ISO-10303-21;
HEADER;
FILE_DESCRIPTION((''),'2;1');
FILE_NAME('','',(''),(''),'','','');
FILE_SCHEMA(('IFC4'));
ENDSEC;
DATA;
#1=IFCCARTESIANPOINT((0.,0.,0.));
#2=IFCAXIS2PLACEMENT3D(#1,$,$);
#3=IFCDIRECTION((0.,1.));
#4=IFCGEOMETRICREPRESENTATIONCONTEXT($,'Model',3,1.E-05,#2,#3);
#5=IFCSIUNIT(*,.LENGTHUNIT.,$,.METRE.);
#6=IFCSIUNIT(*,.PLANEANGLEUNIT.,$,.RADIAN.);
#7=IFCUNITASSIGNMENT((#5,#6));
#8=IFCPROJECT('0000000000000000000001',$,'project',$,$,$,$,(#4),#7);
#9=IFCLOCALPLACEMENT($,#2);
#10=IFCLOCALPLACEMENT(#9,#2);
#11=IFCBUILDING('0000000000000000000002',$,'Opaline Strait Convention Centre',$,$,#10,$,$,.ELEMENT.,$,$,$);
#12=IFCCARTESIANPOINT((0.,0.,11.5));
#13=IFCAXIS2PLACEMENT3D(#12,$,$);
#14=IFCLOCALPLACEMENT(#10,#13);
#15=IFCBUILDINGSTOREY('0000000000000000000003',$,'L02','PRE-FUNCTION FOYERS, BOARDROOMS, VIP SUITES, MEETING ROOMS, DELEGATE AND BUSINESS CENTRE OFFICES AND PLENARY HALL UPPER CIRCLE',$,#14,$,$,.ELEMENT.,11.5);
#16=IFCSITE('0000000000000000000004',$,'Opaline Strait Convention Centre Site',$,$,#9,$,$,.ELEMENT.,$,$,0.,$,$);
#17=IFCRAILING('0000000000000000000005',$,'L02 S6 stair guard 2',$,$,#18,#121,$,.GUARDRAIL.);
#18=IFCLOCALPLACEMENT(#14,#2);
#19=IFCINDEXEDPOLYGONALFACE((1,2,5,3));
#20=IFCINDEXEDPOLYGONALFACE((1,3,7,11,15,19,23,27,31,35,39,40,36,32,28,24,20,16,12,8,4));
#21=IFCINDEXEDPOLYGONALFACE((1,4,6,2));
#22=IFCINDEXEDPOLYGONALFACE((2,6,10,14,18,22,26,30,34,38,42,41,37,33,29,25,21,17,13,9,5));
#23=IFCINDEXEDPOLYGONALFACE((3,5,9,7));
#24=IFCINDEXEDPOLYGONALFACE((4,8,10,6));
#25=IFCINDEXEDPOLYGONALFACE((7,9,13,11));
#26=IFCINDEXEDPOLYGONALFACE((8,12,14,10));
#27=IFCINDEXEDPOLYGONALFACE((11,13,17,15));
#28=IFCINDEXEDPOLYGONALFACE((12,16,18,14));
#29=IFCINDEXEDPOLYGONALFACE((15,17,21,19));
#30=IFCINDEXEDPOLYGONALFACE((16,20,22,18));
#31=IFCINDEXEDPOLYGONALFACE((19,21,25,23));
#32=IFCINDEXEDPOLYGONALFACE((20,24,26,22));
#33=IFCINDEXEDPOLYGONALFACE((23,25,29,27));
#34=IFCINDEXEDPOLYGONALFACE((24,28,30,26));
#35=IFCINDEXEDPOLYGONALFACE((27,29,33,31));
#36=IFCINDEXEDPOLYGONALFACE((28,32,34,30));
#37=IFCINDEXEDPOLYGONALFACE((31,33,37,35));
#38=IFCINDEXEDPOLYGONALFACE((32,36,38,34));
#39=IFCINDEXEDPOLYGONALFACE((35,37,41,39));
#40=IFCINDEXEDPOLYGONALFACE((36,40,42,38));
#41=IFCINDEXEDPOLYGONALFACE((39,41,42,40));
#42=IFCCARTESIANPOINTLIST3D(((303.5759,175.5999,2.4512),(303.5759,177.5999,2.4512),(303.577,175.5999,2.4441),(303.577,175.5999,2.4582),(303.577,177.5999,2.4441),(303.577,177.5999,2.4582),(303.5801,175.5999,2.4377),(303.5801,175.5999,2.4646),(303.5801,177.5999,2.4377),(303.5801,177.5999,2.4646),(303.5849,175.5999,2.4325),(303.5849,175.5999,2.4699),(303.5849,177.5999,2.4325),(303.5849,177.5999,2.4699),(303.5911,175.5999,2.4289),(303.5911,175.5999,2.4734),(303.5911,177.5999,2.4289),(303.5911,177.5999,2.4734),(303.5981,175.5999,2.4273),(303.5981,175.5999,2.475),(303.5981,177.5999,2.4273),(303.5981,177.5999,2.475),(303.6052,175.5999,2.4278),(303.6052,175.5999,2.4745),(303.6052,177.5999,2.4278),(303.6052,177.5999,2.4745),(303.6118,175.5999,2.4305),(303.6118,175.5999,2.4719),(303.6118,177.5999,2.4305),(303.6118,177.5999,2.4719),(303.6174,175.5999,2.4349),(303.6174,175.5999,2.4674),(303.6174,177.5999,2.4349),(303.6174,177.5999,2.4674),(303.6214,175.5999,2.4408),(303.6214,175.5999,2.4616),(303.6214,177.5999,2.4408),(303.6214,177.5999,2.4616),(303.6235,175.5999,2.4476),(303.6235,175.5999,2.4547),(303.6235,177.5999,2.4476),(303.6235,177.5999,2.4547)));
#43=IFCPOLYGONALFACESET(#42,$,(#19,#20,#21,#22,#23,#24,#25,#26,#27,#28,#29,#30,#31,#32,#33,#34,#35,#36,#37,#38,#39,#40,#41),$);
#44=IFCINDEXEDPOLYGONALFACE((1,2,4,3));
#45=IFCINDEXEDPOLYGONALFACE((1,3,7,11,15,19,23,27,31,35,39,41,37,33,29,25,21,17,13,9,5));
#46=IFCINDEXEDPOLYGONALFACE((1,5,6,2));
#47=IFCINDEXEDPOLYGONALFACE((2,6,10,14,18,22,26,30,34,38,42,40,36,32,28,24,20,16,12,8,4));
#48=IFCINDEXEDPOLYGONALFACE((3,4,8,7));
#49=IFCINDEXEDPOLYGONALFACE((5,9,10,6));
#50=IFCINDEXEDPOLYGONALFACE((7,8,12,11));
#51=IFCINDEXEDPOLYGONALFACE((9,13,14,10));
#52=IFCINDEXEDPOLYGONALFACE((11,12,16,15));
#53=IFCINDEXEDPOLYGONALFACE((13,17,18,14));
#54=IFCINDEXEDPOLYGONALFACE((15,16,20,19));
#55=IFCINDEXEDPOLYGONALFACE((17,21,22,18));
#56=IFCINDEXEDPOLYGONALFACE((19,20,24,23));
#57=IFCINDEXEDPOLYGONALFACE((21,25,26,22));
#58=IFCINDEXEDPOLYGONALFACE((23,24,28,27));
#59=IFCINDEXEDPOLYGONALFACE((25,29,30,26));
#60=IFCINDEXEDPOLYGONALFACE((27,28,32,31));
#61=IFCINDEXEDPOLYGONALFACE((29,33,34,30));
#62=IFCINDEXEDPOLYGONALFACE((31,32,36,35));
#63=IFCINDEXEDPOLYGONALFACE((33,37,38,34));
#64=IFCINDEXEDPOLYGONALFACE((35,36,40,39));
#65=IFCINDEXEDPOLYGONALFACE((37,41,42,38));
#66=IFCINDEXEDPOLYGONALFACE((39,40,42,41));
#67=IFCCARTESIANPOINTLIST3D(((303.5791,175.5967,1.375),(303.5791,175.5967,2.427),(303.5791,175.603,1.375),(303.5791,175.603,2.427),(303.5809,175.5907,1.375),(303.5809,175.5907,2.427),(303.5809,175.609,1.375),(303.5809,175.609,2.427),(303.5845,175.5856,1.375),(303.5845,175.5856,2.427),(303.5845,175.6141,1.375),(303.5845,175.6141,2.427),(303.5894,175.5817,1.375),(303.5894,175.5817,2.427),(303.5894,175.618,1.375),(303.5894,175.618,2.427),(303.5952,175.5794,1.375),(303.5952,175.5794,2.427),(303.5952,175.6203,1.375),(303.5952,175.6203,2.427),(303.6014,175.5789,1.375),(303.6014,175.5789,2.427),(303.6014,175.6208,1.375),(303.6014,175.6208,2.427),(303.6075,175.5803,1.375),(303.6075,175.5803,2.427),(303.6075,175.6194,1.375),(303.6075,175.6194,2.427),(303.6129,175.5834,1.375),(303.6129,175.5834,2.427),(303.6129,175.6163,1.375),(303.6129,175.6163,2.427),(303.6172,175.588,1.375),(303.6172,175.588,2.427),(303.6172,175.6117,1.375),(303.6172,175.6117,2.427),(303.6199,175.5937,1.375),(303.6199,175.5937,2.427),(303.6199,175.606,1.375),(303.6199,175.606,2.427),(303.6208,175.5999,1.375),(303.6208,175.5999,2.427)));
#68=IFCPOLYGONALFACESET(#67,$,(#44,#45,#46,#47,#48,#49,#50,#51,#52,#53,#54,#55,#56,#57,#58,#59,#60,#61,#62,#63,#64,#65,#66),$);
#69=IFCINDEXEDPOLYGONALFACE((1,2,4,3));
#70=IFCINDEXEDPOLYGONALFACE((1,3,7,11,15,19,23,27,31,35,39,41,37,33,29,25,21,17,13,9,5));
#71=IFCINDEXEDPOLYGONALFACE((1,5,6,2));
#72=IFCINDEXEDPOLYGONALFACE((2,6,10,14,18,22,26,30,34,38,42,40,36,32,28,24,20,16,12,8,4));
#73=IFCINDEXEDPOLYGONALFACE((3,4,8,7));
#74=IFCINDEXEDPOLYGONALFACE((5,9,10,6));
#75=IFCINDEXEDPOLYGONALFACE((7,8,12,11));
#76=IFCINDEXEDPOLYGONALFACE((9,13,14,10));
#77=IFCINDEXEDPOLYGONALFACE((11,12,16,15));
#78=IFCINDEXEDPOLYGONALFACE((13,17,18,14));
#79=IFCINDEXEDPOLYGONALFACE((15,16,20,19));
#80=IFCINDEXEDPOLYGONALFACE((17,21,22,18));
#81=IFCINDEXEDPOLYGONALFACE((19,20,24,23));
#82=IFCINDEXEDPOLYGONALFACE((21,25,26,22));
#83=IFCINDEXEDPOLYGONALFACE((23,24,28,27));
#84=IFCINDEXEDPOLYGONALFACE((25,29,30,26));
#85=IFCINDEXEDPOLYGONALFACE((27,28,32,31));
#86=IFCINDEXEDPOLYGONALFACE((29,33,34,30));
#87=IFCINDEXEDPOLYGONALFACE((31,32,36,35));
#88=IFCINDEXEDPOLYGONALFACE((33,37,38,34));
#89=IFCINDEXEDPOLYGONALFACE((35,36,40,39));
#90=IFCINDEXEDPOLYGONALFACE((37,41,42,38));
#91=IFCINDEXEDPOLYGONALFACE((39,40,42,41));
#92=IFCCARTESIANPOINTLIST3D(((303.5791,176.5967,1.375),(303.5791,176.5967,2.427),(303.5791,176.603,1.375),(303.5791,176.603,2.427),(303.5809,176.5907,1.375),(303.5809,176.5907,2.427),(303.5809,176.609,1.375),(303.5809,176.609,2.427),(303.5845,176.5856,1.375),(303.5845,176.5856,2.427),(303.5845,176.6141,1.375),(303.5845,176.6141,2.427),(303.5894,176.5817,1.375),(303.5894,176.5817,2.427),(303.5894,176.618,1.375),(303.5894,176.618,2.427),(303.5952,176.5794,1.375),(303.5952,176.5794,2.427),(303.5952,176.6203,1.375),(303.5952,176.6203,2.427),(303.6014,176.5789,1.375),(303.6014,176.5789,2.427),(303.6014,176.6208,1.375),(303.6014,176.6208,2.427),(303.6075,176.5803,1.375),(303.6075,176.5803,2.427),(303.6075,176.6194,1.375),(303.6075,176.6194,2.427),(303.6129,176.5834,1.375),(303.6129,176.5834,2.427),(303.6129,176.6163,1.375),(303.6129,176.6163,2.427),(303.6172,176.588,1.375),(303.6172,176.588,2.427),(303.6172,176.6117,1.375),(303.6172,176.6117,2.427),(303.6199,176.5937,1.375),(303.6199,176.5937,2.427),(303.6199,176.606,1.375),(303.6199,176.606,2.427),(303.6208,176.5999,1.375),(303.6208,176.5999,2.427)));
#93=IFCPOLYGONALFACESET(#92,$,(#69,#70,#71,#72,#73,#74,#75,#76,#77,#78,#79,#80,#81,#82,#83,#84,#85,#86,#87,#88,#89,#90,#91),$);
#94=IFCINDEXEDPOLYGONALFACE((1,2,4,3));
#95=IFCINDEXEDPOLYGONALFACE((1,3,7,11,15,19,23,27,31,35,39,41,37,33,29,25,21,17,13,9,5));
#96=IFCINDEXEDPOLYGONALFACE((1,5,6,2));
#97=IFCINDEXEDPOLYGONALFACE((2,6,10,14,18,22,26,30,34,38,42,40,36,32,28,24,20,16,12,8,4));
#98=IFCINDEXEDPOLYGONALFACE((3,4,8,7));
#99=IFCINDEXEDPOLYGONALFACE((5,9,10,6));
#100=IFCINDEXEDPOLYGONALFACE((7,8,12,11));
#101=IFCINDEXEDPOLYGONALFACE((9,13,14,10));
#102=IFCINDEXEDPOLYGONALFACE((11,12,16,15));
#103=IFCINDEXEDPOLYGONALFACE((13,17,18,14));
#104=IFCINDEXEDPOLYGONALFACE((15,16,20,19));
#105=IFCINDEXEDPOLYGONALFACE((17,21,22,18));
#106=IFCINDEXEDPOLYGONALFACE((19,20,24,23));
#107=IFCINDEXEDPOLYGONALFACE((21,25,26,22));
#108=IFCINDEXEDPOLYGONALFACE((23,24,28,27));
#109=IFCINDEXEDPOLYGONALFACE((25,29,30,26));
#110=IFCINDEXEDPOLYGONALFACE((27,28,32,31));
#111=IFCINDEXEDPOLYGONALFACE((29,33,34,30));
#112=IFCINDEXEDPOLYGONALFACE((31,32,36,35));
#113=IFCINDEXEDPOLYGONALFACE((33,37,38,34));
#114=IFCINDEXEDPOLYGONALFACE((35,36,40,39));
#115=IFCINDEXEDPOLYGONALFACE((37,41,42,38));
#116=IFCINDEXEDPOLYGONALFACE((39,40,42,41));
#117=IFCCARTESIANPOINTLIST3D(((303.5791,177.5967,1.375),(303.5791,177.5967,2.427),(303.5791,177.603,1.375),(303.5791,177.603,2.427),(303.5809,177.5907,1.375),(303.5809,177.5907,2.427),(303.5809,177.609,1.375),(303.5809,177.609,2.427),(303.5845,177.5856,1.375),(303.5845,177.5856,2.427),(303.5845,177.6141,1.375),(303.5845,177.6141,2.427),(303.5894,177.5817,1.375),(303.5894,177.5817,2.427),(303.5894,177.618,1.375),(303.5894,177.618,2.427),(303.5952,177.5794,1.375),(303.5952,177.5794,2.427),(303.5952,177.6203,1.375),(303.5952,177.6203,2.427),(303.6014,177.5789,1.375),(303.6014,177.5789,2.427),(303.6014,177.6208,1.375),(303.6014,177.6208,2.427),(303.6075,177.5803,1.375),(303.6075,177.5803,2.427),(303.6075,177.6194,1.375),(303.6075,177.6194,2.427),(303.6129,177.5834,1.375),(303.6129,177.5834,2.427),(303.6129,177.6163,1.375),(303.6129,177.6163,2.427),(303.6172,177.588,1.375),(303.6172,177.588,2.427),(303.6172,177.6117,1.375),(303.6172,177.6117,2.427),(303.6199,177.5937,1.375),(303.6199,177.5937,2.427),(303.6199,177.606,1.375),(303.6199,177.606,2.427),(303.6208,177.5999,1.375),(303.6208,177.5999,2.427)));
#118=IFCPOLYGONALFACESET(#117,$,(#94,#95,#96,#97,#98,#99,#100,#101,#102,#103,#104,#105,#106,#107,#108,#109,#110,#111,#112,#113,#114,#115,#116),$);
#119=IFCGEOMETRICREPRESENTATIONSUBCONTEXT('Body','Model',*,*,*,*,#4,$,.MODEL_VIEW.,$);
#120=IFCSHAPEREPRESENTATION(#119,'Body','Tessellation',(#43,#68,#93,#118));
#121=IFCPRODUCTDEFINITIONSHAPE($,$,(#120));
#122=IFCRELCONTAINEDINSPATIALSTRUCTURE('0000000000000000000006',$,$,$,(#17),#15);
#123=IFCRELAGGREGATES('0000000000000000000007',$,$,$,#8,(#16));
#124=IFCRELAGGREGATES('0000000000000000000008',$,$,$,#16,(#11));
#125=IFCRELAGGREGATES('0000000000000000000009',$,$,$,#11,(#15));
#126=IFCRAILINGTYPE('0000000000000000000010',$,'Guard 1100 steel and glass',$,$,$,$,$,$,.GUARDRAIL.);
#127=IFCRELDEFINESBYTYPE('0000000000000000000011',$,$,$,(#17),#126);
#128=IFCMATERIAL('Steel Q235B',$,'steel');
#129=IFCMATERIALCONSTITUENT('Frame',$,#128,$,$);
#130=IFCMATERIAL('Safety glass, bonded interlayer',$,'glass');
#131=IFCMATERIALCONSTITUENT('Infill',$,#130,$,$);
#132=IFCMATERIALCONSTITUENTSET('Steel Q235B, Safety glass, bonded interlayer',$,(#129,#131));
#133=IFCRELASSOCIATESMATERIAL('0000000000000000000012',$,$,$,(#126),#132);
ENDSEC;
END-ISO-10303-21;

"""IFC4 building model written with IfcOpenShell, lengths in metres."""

from ifc_helpers import new_model, si_unit, direction, frame, origin, origin_2d, place, context, subcontext, project, spatial, circle, extrude, material, constituent, constituent_set, type_object, element, save


model = new_model("IFC4")

# Units and contexts
model_context = context("Model", 3, precision=1e-05, world=origin(), true_north=direction((0.0, 1.0)))
body_context = subcontext(model_context, "Body", "Model", "MODEL_VIEW")
ifc_project = project(units=[si_unit("LENGTHUNIT", "METRE"), si_unit("PLANEANGLEUNIT", "RADIAN")], contexts=[model_context])

# Site, building, storey
site_placement = place(None, origin())
site = spatial("IfcSite", under=ifc_project, at=site_placement, Name="Opaline Strait Convention Centre Site", CompositionType="ELEMENT", RefElevation=0.0)
building_placement = place(site_placement, origin())
building = spatial("IfcBuilding", under=site, at=building_placement, Name="Opaline Strait Convention Centre", CompositionType="ELEMENT")
storey_placement = place(building_placement, frame((0.0, 0.0, 11.5)))
storey = spatial("IfcBuildingStorey", under=building, at=storey_placement, Name="L02", Description="PRE-FUNCTION FOYERS, BOARDROOMS, VIP SUITES, MEETING ROOMS, DELEGATE AND BUSINESS CENTRE OFFICES AND PLENARY HALL UPPER CIRCLE", CompositionType="ELEMENT", Elevation=11.5)

# Shared definitions
ifc_material_1 = material(Name="Steel Q235B", Category="steel")

# Railing
ifc_constituent_1 = constituent(ifc_material_1, Name="Frame")
ifc_material_2 = material(Name="Safety glass, bonded interlayer", Category="glass")
ifc_constituent_2 = constituent(ifc_material_2, Name="Infill")
ifc_constituent_set = constituent_set(constituents=[ifc_constituent_1, ifc_constituent_2], Name="Steel Q235B, Safety glass, bonded interlayer")
railing_type_1 = type_object("IfcRailingType", Name="Guard 1100 steel and glass", PredefinedType="GUARDRAIL", material=ifc_constituent_set)
for number, where, name in (
    (1, (303.5999, 175.5999, 1.375), "L02 S6 stair guard 2"),
):
    element("IfcRailing", number, at=place(storey_placement, frame(where)), inside=storey, type_object=railing_type_1, Name=name, PredefinedType="GUARDRAIL", context=body_context, shape_type="SweptSolid", body=[
        extrude(circle(Radius=0.0239, at=origin_2d()), frame((0.0, 0.0, 1.0762), z_axis=(0.0, 1.0, 0.0), x_axis=(-1.0, 0.0, 0.0)), (0.0, 0.0, 1.0), 2.0),
        extrude(circle(Radius=0.021, at=origin_2d()), origin(), (0.0, 0.0, 1.0), 1.052),
        extrude(circle(Radius=0.021, at=origin_2d()), frame((0.0, 1.0, 0.0)), (0.0, 0.0, 1.0), 1.052),
        extrude(circle(Radius=0.021, at=origin_2d()), frame((0.0, 2.0, 0.0)), (0.0, 0.0, 1.0), 1.052),
    ])

save(model, "model.ifc")
